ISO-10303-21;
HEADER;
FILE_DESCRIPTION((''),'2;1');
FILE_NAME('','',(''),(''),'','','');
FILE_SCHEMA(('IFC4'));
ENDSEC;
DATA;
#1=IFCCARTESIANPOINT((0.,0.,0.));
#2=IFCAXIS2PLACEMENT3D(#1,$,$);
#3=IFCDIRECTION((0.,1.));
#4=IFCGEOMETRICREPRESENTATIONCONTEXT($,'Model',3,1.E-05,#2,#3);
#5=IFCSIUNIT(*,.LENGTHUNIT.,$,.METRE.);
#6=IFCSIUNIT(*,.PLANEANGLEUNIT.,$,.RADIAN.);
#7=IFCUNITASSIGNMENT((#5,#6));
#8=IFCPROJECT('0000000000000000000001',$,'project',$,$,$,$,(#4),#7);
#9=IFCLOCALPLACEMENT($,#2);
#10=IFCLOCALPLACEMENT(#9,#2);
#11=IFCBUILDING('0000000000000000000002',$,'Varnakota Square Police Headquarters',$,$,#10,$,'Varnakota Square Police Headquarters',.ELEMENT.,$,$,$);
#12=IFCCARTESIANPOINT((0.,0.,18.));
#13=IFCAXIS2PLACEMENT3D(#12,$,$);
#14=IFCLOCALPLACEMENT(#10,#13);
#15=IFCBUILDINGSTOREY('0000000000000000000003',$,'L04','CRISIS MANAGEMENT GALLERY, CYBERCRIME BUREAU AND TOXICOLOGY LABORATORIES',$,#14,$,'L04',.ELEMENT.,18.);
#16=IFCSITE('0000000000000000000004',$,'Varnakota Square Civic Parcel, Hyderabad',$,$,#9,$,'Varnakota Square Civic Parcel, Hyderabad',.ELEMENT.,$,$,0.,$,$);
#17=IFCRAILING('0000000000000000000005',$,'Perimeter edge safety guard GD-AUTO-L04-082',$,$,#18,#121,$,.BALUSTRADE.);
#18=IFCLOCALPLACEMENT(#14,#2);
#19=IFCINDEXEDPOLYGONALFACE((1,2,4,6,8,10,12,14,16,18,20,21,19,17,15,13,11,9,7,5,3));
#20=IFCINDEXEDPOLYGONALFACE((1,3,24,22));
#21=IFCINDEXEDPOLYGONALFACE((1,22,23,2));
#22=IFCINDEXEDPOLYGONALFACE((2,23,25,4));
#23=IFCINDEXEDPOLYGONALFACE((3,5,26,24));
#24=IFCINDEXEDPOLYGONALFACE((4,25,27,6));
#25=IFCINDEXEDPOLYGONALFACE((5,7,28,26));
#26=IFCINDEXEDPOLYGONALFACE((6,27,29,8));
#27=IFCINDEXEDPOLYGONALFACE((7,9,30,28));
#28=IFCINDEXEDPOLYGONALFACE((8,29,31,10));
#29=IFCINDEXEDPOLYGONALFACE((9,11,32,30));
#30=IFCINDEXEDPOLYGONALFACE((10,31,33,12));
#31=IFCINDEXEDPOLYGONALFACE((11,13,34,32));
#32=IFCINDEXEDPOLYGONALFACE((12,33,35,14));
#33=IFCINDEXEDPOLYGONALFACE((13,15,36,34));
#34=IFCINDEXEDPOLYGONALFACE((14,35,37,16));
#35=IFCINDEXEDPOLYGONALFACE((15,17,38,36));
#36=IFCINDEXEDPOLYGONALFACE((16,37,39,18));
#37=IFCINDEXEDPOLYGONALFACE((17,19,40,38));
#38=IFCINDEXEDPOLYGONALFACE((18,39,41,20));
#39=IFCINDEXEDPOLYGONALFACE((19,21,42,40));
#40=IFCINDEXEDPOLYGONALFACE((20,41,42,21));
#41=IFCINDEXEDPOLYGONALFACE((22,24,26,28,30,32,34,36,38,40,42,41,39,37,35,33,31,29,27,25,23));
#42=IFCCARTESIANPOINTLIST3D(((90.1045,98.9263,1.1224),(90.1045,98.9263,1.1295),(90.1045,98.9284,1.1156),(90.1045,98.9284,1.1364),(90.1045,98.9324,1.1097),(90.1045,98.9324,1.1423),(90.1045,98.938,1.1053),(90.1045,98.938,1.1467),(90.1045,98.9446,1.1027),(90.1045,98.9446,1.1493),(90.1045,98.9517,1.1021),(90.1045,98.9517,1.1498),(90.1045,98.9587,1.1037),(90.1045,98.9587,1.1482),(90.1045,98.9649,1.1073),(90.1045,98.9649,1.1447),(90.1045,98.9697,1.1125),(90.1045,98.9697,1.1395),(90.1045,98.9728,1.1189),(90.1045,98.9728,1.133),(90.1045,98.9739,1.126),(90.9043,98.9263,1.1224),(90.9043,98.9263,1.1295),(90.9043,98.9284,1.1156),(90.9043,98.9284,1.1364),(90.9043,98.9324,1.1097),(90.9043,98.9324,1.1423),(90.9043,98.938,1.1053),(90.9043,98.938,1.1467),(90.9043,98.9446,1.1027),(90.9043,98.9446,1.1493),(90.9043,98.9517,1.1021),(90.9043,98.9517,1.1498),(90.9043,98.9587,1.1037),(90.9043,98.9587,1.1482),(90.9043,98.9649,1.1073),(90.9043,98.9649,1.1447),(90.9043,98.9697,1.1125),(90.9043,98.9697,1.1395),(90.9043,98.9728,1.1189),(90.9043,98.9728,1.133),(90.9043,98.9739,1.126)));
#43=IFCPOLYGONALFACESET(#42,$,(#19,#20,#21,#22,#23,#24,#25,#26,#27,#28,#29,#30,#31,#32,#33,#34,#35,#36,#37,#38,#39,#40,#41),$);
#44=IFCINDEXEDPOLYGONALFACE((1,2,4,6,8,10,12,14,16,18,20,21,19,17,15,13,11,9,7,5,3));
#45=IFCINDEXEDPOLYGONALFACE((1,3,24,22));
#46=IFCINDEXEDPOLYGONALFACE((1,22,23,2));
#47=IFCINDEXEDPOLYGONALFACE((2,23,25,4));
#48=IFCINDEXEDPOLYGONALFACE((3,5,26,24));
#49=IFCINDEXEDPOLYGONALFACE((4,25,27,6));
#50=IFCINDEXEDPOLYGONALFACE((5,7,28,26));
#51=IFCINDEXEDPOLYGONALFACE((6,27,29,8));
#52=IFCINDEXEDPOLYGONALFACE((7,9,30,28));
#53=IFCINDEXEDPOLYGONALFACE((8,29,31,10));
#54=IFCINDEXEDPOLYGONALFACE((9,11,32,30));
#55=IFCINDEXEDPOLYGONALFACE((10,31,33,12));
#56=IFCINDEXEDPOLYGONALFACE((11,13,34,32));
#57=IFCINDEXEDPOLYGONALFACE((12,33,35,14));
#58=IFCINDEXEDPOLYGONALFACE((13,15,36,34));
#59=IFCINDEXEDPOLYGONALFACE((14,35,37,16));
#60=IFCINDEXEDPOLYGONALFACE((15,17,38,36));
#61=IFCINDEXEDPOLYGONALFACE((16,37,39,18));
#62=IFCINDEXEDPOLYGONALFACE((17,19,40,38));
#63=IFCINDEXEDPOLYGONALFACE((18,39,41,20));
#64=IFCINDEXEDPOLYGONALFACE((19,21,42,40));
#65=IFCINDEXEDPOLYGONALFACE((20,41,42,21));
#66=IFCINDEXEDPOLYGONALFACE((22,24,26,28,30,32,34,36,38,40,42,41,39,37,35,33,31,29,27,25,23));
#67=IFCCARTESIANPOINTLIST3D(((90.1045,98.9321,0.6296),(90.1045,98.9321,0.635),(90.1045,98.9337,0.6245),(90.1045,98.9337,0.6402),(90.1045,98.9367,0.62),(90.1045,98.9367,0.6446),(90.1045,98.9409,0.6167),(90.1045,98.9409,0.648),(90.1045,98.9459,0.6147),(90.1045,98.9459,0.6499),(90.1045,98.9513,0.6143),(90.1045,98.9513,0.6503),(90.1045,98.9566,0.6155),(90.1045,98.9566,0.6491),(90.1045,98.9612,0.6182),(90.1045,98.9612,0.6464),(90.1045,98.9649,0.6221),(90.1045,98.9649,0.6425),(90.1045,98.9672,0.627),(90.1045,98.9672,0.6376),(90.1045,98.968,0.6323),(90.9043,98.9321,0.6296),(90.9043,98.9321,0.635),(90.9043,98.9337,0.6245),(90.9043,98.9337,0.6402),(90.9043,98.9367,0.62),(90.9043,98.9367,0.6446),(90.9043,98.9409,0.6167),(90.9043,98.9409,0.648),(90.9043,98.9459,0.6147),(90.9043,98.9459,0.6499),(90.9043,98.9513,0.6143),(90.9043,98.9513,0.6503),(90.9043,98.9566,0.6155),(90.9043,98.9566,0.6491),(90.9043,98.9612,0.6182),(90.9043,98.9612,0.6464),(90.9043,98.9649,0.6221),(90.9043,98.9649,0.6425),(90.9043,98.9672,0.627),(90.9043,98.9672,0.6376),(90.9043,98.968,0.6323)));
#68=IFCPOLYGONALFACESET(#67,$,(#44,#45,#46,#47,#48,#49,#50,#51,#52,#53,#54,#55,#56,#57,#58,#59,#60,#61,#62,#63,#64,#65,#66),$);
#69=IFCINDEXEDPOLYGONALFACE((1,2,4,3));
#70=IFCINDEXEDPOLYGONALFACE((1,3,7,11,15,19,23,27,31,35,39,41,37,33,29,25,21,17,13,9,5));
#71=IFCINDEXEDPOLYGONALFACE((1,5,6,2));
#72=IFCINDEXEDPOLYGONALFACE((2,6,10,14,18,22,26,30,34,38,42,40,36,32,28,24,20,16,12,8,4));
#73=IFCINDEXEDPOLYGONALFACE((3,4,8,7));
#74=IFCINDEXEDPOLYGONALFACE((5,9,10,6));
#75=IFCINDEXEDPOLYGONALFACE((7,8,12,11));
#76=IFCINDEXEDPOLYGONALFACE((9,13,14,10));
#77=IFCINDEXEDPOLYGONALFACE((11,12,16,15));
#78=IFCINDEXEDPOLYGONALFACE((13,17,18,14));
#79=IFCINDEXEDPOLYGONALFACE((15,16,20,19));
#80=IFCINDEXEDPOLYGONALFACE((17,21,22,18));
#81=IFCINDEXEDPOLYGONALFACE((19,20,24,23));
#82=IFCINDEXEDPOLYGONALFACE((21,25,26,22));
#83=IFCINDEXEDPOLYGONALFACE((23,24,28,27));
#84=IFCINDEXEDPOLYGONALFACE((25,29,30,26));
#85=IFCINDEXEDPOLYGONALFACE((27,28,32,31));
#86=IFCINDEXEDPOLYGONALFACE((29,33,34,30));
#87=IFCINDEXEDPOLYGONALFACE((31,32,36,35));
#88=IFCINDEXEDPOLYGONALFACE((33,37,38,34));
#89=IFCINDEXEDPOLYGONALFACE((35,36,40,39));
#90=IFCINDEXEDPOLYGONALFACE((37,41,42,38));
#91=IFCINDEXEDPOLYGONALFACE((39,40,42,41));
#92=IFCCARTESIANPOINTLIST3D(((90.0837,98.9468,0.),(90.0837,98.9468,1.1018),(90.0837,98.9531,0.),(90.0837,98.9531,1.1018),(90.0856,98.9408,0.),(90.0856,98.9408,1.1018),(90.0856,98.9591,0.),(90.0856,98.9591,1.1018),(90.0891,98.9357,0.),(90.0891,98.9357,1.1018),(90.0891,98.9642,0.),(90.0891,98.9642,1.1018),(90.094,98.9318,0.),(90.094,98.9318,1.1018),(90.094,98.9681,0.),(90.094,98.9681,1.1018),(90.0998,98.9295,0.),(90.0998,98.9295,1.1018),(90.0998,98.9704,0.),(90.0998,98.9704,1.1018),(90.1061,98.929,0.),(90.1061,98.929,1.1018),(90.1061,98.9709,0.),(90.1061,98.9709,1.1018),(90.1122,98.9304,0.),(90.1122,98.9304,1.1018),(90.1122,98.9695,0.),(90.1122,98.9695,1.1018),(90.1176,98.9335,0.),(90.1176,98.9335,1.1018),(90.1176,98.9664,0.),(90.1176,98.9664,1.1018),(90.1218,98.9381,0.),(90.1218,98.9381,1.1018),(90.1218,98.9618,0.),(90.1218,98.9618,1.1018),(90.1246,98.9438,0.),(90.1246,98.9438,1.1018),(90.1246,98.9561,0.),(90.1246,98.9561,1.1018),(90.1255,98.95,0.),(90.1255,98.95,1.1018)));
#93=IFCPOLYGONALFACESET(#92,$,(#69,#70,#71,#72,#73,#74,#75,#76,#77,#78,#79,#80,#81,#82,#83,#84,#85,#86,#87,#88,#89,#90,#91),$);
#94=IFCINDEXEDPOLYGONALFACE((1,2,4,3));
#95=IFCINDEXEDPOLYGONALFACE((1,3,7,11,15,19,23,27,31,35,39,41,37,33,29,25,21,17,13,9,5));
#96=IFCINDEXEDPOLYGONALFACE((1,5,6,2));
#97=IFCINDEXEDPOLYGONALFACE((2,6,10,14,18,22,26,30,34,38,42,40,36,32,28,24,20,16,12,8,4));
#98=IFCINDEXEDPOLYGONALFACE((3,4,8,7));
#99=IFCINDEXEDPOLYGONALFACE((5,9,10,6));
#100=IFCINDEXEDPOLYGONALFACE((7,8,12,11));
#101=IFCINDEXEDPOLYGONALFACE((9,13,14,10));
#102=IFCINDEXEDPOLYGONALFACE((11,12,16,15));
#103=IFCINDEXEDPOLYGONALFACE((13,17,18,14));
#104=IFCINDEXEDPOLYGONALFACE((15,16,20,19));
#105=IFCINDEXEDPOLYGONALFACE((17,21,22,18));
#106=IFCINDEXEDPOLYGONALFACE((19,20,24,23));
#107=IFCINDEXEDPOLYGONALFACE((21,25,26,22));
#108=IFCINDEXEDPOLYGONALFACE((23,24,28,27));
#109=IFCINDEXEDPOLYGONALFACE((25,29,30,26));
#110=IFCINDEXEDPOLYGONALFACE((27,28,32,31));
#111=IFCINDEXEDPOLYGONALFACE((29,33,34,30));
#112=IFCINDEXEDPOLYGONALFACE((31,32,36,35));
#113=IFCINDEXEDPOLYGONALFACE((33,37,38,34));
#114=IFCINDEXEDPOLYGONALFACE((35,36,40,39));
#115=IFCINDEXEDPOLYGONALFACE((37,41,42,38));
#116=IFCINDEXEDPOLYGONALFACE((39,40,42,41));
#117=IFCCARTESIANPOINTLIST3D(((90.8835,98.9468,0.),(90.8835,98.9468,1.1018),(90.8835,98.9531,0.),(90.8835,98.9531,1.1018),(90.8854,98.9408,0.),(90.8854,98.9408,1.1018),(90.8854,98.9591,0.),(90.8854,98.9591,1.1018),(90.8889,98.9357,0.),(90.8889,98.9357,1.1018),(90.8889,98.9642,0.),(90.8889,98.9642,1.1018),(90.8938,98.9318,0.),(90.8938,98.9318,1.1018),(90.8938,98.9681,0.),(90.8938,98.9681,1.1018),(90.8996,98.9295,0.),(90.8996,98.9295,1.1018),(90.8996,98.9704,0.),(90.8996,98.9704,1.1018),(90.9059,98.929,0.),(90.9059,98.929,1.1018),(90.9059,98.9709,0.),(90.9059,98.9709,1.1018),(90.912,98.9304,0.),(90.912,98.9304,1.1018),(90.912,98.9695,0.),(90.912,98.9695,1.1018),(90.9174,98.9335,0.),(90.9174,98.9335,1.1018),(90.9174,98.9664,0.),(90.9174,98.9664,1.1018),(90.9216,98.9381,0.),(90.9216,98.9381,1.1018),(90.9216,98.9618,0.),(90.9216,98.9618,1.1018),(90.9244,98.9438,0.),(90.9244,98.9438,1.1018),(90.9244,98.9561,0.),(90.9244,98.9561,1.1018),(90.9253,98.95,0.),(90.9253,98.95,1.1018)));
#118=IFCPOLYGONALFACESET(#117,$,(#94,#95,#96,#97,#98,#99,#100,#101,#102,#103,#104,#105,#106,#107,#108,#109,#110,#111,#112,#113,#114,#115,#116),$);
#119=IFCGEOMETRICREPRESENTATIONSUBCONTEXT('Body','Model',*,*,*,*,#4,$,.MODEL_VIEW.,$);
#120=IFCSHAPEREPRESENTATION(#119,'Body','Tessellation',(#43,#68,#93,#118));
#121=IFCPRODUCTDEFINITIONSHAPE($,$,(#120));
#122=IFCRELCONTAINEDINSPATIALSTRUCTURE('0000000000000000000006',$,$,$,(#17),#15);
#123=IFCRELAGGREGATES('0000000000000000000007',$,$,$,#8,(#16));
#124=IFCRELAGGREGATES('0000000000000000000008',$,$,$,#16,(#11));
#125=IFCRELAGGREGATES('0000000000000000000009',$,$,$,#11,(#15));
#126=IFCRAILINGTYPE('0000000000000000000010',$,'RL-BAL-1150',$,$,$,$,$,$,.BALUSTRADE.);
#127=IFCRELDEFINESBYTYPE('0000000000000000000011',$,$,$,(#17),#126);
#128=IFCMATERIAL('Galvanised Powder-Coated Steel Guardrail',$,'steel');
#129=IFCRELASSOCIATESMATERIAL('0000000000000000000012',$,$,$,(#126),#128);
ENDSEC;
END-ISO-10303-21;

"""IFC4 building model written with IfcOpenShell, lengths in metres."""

from ifc_helpers import new_model, si_unit, direction, frame, origin, origin_2d, place, context, subcontext, project, spatial, circle, extrude, material, type_object, element, save


model = new_model("IFC4")

# Units and contexts
model_context = context("Model", 3, precision=1e-05, world=origin(), true_north=direction((0.0, 1.0)))
body_context = subcontext(model_context, "Body", "Model", "MODEL_VIEW")
ifc_project = project(units=[si_unit("LENGTHUNIT", "METRE"), si_unit("PLANEANGLEUNIT", "RADIAN")], contexts=[model_context])

# Site, building, storey
site_placement = place(None, origin())
site = spatial("IfcSite", under=ifc_project, at=site_placement, Name="Varnakota Square Civic Parcel, Hyderabad", LongName="Varnakota Square Civic Parcel, Hyderabad", CompositionType="ELEMENT", RefElevation=0.0)
building_placement = place(site_placement, origin())
building = spatial("IfcBuilding", under=site, at=building_placement, Name="Varnakota Square Police Headquarters", LongName="Varnakota Square Police Headquarters", CompositionType="ELEMENT")
storey_placement = place(building_placement, frame((0.0, 0.0, 18.0)))
storey = spatial("IfcBuildingStorey", under=building, at=storey_placement, Name="L04", Description="CRISIS MANAGEMENT GALLERY, CYBERCRIME BUREAU AND TOXICOLOGY LABORATORIES", LongName="L04", CompositionType="ELEMENT", Elevation=18.0)

# Railing
ifc_material_1 = material(Name="Galvanised Powder-Coated Steel Guardrail", Category="steel")
railing_type_1 = type_object("IfcRailingType", Name="RL-BAL-1150", PredefinedType="BALUSTRADE", material=ifc_material_1)
railing_1_placement = place(storey_placement, frame((90.1045, 98.95, 0.0)))
element("IfcRailing", 1, at=railing_1_placement, inside=storey, type_object=railing_type_1, Name="Perimeter edge safety guard GD-AUTO-L04-082", PredefinedType="BALUSTRADE", context=body_context, shape_type="SweptSolid", body=[
    extrude(circle(Radius=0.0239, at=origin_2d()), frame((0.0, 0.0, 1.126), z_axis=(1.0, 0.0, 0.0), x_axis=(0.0, 1.0, 0.0)), (0.0, 0.0, 1.0), 0.7998),
    extrude(circle(Radius=0.0181, at=origin_2d()), frame((0.0, 0.0, 0.6323), z_axis=(1.0, 0.0, 0.0), x_axis=(0.0, 1.0, 0.0)), (0.0, 0.0, 1.0), 0.7998),
    extrude(circle(Radius=0.021, at=origin_2d()), origin(), (0.0, 0.0, 1.0), 1.1018),
    extrude(circle(Radius=0.021, at=origin_2d()), frame((0.7998, 0.0, 0.0)), (0.0, 0.0, 1.0), 1.1018),
])

save(model, "model.ifc")
